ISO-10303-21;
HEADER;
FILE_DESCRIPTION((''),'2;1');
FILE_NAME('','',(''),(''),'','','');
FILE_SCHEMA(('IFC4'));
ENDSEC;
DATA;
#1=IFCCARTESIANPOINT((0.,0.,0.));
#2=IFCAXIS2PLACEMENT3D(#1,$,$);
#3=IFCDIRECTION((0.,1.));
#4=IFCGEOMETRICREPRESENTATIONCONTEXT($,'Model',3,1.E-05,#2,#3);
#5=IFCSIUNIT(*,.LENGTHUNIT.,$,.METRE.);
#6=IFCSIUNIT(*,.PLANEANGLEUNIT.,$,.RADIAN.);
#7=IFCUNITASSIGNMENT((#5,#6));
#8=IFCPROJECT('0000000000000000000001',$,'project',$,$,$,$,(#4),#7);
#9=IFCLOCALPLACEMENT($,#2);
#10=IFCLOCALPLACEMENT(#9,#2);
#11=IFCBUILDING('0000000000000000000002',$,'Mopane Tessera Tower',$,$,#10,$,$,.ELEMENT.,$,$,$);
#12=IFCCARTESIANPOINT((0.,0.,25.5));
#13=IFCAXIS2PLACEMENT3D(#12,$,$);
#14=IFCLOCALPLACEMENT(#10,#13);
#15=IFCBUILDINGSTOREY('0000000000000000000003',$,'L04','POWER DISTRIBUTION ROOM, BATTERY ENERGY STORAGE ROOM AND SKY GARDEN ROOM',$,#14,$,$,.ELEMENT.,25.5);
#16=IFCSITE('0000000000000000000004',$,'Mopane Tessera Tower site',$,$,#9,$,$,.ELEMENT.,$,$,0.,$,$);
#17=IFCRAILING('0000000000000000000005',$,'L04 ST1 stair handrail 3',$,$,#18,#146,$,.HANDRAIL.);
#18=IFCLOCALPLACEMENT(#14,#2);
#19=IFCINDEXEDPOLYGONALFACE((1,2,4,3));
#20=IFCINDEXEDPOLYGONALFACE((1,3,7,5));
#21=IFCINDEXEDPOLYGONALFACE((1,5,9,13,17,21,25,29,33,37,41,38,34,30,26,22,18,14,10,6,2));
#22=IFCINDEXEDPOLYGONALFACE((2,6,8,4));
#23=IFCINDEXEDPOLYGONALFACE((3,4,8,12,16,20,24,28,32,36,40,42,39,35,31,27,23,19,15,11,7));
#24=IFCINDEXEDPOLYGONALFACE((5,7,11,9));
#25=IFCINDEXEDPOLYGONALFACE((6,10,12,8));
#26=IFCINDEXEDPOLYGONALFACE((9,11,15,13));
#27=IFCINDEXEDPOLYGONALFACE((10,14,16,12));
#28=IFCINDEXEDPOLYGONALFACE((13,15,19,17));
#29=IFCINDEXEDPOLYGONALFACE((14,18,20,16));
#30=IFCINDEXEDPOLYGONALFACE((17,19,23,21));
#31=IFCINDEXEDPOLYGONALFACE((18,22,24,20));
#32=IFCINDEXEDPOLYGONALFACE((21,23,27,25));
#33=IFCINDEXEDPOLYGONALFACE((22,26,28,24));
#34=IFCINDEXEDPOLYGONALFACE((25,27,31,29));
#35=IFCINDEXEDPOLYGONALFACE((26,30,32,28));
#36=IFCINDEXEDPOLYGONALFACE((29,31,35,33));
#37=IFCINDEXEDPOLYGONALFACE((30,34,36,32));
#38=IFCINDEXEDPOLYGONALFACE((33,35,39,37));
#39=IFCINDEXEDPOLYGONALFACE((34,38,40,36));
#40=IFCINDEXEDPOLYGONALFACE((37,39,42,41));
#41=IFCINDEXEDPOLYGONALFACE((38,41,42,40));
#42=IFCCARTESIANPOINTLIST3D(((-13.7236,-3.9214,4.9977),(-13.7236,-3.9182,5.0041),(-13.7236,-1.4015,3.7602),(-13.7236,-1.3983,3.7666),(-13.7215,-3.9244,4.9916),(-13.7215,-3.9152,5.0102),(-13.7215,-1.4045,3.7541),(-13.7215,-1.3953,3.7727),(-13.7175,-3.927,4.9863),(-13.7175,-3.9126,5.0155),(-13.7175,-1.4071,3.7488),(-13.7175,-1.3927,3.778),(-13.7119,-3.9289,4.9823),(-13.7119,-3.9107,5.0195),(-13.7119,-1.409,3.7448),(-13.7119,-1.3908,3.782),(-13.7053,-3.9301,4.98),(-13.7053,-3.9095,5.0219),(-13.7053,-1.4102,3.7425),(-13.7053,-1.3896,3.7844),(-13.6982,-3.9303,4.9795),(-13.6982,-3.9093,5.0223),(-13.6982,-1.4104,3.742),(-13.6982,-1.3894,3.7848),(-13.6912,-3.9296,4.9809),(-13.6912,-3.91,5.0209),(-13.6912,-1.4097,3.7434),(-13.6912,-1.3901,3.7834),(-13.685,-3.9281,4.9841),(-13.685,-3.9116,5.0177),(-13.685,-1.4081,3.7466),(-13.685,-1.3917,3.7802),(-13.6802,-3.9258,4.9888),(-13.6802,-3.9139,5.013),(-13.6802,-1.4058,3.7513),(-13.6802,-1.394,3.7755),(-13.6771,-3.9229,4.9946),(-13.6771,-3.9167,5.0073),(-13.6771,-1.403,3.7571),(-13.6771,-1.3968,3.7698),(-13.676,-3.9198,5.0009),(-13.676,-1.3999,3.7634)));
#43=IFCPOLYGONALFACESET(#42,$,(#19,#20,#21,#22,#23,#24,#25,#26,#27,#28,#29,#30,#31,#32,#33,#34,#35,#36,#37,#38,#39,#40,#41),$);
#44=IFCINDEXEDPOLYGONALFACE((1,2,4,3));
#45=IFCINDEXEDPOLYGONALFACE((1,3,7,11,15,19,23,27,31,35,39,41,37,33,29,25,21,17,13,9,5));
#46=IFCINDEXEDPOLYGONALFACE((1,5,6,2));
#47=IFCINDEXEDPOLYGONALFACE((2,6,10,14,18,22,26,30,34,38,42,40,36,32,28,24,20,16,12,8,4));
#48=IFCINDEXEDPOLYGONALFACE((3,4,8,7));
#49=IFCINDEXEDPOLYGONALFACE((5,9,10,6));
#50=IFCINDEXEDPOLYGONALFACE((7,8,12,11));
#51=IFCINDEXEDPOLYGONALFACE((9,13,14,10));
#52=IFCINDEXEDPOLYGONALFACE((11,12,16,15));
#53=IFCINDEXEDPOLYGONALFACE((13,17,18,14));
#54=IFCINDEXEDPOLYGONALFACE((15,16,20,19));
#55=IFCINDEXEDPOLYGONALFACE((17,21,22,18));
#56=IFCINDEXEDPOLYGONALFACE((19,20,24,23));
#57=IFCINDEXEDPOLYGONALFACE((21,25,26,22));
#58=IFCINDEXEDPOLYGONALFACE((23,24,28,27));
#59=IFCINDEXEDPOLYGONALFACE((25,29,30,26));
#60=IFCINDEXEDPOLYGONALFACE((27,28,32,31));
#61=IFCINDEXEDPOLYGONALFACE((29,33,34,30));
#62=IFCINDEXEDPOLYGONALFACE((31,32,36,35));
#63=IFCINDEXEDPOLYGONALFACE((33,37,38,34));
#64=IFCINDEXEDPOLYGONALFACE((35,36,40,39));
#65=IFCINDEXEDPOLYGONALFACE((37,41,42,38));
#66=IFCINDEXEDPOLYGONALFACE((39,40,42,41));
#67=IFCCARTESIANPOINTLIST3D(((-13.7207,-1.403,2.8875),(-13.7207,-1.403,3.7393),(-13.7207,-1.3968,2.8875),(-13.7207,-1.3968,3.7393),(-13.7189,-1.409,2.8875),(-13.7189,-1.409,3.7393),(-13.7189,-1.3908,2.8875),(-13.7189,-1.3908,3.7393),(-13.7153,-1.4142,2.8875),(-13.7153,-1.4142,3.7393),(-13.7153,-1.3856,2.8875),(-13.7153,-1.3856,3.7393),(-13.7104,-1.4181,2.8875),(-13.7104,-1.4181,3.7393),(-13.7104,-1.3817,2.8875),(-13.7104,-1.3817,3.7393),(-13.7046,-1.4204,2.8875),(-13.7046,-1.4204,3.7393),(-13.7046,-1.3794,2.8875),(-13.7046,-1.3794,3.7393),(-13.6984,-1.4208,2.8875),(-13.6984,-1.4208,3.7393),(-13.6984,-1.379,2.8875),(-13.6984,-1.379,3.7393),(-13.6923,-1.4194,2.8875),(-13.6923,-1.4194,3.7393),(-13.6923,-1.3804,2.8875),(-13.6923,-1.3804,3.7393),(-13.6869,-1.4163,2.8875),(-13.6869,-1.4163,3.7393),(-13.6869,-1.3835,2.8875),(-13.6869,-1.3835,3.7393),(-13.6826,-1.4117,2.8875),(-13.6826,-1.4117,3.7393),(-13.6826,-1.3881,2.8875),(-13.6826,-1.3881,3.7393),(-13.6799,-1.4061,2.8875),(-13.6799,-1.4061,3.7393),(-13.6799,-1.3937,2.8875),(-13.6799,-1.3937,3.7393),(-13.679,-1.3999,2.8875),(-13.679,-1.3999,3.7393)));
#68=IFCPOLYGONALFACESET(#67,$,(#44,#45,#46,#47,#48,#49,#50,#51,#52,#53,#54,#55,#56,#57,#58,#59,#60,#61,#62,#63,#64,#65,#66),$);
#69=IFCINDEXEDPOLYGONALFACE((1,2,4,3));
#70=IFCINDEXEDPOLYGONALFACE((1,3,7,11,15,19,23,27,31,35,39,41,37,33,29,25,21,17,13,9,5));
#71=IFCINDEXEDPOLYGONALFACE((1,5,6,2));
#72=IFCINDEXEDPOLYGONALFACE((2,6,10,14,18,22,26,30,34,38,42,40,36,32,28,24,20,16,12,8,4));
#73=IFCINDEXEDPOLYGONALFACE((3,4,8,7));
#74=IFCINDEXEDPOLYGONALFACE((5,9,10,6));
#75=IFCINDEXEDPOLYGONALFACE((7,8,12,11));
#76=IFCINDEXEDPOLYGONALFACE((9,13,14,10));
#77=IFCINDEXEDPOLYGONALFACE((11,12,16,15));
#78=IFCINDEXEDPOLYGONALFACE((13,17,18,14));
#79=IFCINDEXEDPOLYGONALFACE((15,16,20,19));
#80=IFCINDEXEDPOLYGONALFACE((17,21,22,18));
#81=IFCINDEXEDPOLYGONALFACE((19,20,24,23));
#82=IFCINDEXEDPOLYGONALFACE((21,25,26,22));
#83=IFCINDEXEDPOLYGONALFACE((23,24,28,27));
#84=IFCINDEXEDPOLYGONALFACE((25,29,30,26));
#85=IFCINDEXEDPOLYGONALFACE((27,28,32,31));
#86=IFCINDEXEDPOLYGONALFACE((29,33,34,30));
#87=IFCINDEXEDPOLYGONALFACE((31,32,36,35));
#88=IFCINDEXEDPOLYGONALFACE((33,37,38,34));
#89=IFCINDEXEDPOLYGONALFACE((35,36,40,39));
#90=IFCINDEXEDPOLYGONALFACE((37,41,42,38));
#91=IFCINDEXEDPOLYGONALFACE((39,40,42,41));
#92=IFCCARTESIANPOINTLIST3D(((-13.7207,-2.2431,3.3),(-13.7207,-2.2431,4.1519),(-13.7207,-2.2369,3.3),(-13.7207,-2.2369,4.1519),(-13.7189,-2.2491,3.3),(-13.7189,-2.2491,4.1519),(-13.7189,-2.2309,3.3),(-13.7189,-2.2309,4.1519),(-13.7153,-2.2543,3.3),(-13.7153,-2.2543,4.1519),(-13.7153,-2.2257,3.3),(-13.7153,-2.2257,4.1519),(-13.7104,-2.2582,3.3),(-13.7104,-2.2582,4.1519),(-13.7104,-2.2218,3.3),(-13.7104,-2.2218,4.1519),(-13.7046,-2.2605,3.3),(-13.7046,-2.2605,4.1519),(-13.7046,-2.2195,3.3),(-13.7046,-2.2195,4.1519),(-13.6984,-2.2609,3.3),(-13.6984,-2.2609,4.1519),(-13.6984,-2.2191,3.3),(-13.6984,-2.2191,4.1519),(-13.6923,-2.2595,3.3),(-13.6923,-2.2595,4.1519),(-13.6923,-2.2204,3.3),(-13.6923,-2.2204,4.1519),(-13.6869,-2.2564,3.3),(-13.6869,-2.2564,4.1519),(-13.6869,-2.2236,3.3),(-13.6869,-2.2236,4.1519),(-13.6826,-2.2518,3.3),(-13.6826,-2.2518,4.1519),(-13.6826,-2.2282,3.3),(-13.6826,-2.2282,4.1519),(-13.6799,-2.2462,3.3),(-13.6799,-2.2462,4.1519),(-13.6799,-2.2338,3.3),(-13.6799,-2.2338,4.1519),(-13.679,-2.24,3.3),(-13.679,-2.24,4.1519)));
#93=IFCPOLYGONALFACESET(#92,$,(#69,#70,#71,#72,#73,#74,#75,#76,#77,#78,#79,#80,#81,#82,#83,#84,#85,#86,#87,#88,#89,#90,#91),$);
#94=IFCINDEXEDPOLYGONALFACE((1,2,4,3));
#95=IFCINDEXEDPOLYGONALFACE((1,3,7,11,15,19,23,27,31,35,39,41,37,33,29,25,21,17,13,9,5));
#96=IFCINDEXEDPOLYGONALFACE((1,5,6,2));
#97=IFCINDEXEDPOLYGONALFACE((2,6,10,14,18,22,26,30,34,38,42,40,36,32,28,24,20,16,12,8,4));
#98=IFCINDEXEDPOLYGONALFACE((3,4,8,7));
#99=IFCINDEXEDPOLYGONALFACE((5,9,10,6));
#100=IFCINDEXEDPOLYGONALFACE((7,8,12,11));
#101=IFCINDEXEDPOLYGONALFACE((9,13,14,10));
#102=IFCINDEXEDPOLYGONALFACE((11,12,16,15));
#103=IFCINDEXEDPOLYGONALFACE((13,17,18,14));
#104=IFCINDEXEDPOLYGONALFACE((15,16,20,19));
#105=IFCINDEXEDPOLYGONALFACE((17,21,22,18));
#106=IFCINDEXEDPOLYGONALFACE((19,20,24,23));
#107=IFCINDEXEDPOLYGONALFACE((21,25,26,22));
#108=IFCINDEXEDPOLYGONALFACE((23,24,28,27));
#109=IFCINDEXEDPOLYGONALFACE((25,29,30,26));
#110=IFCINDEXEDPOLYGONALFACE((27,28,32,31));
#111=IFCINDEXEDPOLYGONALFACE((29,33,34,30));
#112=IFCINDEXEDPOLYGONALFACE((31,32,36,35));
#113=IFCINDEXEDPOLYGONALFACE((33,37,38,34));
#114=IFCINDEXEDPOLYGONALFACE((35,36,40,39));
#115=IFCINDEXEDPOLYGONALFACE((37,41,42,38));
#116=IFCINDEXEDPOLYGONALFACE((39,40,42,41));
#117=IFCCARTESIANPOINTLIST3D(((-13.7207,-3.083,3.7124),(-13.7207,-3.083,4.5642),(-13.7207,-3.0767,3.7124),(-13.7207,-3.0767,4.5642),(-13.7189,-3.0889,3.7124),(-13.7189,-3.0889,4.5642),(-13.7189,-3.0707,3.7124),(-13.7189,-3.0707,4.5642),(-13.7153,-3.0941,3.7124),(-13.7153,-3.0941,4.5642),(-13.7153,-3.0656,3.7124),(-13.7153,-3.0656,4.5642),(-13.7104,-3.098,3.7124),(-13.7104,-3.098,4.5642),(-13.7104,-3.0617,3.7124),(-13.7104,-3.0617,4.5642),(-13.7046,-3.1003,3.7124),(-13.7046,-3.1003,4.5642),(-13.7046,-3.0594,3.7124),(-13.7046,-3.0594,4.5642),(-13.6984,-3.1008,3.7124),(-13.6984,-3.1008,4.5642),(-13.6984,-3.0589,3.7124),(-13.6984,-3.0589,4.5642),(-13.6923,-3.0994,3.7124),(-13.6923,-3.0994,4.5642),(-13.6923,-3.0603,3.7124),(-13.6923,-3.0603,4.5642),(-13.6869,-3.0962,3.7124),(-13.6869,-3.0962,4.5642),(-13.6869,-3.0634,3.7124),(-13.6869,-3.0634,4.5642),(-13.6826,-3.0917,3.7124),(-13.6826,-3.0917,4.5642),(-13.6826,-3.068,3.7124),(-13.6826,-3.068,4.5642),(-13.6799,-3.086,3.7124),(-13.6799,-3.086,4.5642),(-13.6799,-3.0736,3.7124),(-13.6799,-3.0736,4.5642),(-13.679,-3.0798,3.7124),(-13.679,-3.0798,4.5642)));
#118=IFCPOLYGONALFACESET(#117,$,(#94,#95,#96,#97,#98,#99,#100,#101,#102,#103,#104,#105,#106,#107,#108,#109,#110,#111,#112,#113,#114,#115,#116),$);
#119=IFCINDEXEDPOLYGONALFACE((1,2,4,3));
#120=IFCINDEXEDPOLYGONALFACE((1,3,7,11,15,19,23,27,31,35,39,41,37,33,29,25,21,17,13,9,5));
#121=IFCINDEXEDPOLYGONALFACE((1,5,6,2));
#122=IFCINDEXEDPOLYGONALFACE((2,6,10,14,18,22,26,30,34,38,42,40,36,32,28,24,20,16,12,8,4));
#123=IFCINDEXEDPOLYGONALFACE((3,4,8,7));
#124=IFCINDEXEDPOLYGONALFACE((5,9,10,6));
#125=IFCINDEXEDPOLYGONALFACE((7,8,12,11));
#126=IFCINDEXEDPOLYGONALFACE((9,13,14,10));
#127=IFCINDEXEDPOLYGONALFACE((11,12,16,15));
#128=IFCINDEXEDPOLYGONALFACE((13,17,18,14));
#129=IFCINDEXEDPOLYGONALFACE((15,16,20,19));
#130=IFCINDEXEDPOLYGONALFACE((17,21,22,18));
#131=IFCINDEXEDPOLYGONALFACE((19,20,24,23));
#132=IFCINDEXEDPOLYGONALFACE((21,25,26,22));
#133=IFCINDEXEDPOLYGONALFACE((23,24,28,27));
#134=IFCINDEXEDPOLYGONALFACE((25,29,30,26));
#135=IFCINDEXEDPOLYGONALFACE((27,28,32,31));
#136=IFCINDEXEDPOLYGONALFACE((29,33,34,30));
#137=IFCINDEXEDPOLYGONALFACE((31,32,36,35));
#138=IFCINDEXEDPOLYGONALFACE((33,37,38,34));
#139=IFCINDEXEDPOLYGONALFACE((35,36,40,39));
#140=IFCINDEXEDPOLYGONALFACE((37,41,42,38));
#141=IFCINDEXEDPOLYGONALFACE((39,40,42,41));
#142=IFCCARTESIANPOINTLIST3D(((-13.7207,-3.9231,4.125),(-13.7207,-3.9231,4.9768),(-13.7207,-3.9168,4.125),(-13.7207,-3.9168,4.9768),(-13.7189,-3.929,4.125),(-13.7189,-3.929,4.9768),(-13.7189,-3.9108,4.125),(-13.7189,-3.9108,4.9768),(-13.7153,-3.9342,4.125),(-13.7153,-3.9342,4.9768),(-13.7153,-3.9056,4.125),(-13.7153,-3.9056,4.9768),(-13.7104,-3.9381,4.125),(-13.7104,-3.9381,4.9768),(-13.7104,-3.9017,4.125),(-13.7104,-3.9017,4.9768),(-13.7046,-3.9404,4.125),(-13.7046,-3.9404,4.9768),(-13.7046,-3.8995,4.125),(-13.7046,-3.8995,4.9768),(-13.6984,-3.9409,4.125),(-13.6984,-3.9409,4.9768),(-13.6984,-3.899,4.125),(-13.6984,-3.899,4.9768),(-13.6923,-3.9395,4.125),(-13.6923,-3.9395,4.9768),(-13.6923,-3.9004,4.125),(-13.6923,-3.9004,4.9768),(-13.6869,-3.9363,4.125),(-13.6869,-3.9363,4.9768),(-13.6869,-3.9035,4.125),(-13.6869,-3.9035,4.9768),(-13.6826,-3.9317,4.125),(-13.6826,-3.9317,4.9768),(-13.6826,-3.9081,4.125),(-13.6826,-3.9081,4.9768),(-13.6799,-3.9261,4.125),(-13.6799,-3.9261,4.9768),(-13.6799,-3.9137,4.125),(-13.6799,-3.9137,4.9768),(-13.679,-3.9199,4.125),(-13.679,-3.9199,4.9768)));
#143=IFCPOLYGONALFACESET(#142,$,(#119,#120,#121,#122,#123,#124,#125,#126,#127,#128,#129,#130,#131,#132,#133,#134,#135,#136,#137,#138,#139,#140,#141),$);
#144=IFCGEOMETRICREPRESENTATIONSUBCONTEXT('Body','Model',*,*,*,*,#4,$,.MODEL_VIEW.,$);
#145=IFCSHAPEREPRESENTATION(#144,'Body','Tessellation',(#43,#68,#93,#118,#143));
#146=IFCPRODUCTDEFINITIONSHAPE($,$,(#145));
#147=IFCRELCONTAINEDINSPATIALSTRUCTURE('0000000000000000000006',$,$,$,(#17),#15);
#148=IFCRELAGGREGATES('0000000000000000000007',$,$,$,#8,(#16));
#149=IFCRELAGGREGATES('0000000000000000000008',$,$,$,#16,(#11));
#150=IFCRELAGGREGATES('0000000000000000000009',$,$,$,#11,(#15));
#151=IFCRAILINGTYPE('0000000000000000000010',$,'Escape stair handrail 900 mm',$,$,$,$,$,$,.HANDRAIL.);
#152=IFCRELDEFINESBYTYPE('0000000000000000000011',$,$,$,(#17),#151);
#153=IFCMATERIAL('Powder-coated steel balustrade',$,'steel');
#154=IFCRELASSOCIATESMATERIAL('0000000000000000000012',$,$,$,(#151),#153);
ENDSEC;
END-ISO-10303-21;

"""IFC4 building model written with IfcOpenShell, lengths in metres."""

from ifc_helpers import new_model, si_unit, direction, frame, origin, origin_2d, place, context, subcontext, project, spatial, circle, extrude, material, type_object, element, save


model = new_model("IFC4")

# Units and contexts
model_context = context("Model", 3, precision=1e-05, world=origin(), true_north=direction((0.0, 1.0)))
body_context = subcontext(model_context, "Body", "Model", "MODEL_VIEW")
ifc_project = project(units=[si_unit("LENGTHUNIT", "METRE"), si_unit("PLANEANGLEUNIT", "RADIAN")], contexts=[model_context])

# Site, building, storey
site_placement = place(None, origin())
site = spatial("IfcSite", under=ifc_project, at=site_placement, Name="Mopane Tessera Tower site", CompositionType="ELEMENT", RefElevation=0.0)
building_placement = place(site_placement, origin())
building = spatial("IfcBuilding", under=site, at=building_placement, Name="Mopane Tessera Tower", CompositionType="ELEMENT")
storey_placement = place(building_placement, frame((0.0, 0.0, 25.5)))
storey = spatial("IfcBuildingStorey", under=building, at=storey_placement, Name="L04", Description="POWER DISTRIBUTION ROOM, BATTERY ENERGY STORAGE ROOM AND SKY GARDEN ROOM", CompositionType="ELEMENT", Elevation=25.5)

# Railing
ifc_material_1 = material(Name="Powder-coated steel balustrade", Category="steel")
railing_type_1 = type_object("IfcRailingType", Name="Escape stair handrail 900 mm", PredefinedType="HANDRAIL", material=ifc_material_1)
railing_1_placement = place(storey_placement, frame((-13.7, -1.3999, 2.8875)))
element("IfcRailing", 1, at=railing_1_placement, inside=storey, type_object=railing_type_1, Name="L04 ST1 stair handrail 3", PredefinedType="HANDRAIL", context=body_context, shape_type="SweptSolid", body=[
    extrude(circle(Radius=0.0239, at=origin_2d()), frame((0.0, 0.0, 0.876), z_axis=(0.0, -0.897604, 0.440802), x_axis=(1.0, 0.0, 0.0)), (0.0, 0.0, 1.0), 2.8074),
    extrude(circle(Radius=0.021, at=origin_2d()), origin(), (0.0, 0.0, 1.0), 0.8518),
    extrude(circle(Radius=0.021, at=origin_2d()), frame((0.0, -0.8401, 0.4126)), (0.0, 0.0, 1.0), 0.8518),
    extrude(circle(Radius=0.021, at=origin_2d()), frame((0.0, -1.6799, 0.825)), (0.0, 0.0, 1.0), 0.8518),
    extrude(circle(Radius=0.021, at=origin_2d()), frame((0.0, -2.52, 1.2375)), (0.0, 0.0, 1.0), 0.8518),
])

save(model, "model.ifc")
